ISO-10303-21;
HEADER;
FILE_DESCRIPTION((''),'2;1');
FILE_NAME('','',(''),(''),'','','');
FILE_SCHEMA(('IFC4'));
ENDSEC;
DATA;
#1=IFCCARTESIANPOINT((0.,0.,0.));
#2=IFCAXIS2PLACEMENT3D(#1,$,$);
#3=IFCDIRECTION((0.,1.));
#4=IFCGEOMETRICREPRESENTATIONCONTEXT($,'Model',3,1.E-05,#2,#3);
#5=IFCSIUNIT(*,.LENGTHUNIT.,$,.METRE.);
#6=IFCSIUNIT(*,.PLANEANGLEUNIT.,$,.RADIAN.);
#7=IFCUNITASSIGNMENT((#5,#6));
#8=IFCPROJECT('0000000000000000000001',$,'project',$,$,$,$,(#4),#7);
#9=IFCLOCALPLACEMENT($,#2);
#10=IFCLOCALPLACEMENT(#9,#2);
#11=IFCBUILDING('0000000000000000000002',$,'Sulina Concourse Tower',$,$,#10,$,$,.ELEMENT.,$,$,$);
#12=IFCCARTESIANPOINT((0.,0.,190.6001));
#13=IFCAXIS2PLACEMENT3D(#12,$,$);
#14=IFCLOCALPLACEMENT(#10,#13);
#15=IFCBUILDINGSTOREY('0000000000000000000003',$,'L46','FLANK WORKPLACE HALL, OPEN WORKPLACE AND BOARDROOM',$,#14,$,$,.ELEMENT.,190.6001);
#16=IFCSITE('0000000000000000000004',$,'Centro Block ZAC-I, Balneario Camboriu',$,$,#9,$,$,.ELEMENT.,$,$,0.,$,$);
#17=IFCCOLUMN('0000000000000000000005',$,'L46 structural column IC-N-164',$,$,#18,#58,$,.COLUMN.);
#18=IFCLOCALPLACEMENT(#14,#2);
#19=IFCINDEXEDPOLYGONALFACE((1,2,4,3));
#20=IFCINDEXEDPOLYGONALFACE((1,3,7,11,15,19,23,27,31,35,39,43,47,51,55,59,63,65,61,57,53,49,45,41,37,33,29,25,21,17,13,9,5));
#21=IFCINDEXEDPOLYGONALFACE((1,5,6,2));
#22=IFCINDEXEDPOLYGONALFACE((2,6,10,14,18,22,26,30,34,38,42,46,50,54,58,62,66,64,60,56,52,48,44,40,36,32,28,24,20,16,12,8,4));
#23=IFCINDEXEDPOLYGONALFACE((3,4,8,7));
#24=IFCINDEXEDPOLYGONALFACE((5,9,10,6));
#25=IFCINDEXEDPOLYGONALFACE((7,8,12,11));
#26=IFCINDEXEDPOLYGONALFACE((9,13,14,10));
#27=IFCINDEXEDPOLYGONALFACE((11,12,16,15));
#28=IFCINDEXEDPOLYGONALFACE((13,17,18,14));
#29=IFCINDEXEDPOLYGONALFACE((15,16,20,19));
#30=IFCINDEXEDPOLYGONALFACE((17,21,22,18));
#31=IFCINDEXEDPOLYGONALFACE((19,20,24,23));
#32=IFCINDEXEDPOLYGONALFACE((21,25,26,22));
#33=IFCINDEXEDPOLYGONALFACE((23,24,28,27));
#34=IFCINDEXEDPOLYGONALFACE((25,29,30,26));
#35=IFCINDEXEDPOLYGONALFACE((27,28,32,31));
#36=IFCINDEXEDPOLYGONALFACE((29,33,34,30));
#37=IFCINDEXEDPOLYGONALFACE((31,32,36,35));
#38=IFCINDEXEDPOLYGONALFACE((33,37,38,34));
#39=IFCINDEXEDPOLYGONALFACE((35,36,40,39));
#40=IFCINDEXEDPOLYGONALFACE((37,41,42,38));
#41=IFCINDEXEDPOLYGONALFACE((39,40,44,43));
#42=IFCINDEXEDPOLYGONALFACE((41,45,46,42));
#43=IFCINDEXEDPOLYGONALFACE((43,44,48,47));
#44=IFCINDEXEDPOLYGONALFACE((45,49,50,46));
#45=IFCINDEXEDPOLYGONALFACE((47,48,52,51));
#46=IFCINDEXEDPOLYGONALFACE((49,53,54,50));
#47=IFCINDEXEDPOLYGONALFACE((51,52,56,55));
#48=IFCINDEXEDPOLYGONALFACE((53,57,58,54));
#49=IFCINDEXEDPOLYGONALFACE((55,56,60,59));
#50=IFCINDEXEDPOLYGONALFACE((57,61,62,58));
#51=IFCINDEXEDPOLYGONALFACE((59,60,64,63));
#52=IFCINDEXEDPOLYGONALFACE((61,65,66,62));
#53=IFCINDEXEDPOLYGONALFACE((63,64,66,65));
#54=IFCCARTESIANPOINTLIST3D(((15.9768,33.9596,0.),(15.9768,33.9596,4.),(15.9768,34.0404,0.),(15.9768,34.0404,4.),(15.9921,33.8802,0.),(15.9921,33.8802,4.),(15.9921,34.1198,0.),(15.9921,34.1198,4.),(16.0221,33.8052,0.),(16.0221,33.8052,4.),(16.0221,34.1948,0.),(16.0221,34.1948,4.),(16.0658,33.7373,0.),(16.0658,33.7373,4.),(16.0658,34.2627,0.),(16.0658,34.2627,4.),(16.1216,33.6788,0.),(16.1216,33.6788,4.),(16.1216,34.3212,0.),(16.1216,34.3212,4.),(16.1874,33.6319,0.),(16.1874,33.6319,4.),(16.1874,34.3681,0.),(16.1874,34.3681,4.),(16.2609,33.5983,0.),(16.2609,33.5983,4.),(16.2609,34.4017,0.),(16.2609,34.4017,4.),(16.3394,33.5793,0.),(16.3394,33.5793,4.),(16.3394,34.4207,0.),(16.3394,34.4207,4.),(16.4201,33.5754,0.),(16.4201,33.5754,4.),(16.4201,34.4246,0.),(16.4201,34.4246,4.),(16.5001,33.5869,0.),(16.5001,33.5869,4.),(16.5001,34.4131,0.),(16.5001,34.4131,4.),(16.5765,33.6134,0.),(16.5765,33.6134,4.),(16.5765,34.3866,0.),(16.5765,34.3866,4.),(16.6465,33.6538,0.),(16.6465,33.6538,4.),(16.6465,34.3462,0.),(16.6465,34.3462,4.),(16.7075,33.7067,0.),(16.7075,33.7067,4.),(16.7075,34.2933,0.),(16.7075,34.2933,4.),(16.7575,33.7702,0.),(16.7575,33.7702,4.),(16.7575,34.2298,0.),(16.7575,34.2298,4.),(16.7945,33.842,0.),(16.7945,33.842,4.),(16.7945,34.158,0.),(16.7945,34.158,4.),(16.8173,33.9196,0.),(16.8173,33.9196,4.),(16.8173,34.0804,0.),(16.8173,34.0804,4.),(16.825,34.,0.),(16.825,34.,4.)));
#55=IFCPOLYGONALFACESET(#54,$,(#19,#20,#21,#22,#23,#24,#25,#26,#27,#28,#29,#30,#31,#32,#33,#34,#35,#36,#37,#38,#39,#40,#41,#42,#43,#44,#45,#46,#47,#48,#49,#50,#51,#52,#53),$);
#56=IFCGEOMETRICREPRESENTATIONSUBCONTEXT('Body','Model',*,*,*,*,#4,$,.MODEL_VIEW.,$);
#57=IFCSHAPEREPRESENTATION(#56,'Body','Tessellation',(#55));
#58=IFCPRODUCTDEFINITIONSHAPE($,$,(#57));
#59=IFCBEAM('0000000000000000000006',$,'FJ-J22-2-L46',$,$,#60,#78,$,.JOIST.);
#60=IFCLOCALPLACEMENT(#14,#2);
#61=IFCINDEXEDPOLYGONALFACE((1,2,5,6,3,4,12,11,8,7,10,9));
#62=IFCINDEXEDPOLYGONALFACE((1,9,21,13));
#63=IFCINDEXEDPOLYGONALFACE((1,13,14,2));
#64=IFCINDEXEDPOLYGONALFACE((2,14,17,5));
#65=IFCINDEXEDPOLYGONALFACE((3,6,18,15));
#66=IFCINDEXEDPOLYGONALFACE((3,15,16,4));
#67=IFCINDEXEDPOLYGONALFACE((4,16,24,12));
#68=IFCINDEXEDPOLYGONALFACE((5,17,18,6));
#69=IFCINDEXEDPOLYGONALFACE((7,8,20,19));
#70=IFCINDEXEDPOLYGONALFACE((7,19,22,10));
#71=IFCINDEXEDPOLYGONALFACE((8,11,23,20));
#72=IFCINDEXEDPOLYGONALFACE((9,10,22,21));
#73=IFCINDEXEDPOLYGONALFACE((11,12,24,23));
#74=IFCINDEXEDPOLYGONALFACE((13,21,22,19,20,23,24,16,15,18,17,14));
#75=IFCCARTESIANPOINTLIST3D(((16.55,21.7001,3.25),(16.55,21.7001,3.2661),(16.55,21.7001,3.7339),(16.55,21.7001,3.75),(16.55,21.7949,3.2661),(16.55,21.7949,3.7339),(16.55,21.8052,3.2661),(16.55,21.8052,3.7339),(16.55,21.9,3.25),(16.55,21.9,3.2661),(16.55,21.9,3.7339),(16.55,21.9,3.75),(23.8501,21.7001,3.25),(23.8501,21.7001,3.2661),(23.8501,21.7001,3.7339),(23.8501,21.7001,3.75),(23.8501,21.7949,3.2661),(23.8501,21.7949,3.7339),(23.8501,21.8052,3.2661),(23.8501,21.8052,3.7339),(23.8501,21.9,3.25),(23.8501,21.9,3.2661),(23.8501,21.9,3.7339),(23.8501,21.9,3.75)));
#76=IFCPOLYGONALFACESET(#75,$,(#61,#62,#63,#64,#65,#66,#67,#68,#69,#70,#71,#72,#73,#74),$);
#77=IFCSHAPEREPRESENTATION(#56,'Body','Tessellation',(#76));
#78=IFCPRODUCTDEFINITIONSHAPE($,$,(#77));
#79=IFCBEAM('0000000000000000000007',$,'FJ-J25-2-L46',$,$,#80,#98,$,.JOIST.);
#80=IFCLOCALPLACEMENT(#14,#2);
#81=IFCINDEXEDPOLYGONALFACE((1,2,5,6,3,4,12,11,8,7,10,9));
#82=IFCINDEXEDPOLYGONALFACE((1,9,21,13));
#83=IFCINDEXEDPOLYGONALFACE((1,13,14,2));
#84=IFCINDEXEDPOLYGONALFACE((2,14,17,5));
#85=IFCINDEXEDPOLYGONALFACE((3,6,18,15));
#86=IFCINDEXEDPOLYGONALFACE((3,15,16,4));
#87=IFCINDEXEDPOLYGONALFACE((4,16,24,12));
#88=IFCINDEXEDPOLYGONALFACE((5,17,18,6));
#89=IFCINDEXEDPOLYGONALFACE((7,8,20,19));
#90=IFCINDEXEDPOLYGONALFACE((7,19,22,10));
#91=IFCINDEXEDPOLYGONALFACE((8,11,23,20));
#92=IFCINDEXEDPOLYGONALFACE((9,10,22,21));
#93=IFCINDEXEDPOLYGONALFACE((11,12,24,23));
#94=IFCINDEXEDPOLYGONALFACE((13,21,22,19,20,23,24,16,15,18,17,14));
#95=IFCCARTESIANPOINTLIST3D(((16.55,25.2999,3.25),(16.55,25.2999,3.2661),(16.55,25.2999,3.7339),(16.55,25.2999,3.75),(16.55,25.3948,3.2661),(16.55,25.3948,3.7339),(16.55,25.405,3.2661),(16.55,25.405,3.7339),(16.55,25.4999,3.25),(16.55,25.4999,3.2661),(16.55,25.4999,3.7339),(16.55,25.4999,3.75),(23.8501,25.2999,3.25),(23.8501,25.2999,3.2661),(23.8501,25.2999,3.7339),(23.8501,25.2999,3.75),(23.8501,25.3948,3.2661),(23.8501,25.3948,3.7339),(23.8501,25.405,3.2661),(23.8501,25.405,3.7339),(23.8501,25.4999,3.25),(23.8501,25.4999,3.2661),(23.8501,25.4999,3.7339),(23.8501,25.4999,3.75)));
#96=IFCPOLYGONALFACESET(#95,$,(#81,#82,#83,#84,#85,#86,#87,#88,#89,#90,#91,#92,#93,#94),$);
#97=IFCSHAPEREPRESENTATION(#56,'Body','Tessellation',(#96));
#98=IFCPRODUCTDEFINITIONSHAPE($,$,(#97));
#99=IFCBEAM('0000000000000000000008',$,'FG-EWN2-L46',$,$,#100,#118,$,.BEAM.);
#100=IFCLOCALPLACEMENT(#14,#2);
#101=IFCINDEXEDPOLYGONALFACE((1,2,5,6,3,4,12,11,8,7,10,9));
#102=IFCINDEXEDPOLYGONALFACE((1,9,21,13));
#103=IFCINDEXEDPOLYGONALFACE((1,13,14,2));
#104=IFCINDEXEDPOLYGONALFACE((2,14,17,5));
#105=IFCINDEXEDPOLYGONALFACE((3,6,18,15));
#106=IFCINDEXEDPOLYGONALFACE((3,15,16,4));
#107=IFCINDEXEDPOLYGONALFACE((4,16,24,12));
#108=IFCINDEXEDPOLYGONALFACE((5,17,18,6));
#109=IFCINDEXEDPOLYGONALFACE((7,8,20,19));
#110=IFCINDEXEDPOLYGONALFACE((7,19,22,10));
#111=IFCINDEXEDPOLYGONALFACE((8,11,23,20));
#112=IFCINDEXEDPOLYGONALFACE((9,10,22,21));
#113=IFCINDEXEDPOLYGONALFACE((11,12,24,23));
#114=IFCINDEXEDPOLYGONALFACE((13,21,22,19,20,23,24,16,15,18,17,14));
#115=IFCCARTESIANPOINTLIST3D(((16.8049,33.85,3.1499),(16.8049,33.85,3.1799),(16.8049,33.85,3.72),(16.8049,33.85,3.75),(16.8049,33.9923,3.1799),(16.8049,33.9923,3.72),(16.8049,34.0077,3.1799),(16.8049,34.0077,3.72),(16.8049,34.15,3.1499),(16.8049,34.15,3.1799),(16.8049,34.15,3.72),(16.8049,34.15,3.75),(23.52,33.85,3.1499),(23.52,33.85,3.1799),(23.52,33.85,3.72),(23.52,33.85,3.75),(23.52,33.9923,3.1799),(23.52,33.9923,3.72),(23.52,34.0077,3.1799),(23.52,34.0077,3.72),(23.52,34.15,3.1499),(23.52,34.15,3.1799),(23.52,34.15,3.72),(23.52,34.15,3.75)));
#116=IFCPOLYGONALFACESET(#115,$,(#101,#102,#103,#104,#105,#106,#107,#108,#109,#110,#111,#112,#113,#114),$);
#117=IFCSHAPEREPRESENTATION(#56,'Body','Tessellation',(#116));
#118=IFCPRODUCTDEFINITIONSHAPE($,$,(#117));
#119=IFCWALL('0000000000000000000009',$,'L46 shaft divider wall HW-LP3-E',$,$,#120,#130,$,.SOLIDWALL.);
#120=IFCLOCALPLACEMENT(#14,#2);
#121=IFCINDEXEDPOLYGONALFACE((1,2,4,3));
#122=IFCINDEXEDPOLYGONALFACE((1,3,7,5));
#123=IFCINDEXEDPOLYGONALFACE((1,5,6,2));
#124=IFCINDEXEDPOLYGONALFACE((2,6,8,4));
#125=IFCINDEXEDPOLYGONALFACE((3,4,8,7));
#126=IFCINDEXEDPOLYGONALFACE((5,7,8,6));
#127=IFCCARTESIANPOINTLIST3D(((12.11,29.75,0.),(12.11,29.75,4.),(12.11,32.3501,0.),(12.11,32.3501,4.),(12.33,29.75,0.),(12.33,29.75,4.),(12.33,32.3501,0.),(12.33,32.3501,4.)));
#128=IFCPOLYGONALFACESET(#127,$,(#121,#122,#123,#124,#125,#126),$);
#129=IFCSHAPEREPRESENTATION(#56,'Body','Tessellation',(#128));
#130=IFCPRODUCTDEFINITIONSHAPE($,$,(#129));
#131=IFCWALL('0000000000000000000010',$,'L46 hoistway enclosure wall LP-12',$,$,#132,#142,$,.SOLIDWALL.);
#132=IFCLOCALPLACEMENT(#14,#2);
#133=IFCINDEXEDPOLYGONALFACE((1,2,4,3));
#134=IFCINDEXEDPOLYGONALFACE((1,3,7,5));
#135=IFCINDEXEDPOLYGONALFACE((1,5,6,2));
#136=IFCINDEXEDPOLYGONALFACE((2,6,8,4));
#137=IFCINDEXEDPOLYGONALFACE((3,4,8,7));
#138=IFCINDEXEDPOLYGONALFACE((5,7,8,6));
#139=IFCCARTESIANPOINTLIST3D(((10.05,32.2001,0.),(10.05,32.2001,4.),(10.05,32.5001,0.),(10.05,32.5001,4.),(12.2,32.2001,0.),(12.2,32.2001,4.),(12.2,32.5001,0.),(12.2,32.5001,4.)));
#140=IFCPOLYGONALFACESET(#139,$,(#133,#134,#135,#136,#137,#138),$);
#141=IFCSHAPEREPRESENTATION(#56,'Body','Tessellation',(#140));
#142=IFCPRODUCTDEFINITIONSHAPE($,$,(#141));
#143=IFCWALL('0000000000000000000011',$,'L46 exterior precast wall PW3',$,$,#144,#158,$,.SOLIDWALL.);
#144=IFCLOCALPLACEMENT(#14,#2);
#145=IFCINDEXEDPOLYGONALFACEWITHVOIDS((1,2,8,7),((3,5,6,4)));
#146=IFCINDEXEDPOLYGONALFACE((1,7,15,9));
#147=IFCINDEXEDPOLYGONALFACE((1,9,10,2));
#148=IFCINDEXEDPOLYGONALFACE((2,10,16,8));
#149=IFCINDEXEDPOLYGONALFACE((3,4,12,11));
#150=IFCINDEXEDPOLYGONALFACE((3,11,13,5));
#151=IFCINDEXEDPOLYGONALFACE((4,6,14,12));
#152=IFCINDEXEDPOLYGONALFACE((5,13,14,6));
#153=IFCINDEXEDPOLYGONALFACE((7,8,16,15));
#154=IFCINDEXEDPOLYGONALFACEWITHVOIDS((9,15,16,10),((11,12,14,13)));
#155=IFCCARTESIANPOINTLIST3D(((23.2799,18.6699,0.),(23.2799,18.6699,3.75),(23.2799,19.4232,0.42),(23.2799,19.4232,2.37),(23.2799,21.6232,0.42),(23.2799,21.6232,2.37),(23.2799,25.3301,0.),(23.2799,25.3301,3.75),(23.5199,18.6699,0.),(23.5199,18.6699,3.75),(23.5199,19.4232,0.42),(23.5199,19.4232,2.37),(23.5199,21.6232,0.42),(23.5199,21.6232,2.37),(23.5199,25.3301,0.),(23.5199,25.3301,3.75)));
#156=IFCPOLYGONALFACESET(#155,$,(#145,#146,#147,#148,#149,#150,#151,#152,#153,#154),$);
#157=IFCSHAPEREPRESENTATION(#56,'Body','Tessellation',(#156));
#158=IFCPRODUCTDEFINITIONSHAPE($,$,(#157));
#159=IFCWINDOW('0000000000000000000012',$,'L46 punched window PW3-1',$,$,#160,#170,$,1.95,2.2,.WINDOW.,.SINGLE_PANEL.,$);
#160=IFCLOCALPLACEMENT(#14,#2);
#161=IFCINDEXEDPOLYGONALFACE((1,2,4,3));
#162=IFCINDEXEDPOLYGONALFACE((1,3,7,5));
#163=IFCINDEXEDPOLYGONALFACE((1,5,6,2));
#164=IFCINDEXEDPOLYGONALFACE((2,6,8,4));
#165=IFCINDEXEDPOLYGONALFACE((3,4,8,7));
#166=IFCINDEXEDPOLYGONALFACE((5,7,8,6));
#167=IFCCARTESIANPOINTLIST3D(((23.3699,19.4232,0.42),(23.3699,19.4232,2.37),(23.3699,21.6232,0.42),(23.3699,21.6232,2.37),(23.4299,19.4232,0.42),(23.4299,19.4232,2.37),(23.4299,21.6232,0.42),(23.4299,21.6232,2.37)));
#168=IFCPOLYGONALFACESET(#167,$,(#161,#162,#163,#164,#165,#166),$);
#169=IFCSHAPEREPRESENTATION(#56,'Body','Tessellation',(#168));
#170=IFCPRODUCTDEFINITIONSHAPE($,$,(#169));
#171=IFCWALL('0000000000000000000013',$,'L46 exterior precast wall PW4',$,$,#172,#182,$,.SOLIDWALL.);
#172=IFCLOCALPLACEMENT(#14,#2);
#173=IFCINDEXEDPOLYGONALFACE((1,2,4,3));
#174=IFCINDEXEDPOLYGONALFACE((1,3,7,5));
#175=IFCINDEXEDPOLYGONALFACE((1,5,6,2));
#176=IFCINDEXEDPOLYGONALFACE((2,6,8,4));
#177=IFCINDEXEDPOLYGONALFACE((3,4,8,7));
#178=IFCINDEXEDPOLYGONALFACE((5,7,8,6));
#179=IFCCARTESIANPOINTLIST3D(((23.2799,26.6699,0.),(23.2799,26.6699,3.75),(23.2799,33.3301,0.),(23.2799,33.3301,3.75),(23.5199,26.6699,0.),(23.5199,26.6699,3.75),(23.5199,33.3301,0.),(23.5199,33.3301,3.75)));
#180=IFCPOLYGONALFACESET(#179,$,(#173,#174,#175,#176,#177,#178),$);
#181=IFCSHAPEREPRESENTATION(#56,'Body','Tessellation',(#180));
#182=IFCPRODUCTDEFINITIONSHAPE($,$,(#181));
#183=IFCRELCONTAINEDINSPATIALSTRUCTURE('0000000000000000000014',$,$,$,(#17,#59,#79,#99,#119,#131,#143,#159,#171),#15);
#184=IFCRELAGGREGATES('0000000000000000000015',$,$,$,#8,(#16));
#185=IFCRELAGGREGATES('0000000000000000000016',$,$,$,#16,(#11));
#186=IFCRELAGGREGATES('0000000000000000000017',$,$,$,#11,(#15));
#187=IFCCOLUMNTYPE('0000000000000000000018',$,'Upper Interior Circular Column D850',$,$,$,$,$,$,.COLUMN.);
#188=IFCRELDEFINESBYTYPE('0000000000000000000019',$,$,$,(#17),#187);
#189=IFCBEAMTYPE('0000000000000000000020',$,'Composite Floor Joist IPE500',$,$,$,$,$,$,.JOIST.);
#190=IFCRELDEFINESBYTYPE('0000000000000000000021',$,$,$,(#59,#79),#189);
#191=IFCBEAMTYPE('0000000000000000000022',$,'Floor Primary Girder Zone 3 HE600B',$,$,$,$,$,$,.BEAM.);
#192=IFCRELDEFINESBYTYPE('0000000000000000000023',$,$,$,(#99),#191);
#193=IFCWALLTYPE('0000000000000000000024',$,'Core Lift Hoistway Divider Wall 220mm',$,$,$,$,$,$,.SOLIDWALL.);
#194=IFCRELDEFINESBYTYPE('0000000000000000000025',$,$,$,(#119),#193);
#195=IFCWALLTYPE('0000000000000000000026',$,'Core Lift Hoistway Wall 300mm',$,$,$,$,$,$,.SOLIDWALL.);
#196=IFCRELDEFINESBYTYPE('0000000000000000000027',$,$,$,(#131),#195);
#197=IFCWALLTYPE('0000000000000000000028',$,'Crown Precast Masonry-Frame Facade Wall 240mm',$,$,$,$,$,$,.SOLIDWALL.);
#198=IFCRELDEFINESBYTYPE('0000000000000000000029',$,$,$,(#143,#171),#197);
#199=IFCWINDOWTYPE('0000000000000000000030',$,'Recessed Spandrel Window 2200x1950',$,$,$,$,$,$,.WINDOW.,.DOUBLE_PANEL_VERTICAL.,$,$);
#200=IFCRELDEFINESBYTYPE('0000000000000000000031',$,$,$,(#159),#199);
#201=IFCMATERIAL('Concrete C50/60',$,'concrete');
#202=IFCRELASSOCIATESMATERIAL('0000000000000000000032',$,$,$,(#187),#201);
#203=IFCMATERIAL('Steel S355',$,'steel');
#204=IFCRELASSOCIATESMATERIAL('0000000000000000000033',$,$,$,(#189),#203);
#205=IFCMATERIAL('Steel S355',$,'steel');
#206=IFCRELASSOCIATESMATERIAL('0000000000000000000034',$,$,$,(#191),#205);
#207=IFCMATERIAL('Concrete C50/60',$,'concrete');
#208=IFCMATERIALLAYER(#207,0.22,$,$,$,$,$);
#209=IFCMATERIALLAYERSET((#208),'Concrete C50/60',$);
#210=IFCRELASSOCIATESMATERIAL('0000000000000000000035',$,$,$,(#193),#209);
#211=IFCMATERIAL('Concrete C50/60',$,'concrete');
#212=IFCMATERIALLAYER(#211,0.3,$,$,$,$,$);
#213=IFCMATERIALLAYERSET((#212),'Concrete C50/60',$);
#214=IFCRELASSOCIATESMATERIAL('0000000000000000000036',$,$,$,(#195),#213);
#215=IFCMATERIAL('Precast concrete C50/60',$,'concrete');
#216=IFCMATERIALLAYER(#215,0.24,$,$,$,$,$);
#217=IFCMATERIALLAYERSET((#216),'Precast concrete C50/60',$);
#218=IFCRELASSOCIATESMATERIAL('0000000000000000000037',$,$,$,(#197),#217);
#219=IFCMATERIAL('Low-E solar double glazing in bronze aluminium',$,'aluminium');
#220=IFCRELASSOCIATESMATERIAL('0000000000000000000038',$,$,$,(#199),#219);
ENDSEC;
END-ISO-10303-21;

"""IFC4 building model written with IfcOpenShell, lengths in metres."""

from ifc_helpers import new_model, si_unit, direction, frame, frame_2d, origin, origin_2d, place, context, subcontext, project, spatial, rectangle, circle, i_section, extrude, material, layer, layer_set, material_profile, profile_set, type_object, element, fill, save


model = new_model("IFC4")

# Units and contexts
model_context = context("Model", 3, precision=1e-05, world=origin(), true_north=direction((0.0, 1.0)))
body_context = subcontext(model_context, "Body", "Model", "MODEL_VIEW")
ifc_project = project(units=[si_unit("LENGTHUNIT", "METRE"), si_unit("PLANEANGLEUNIT", "RADIAN")], contexts=[model_context])

# Site, building, storey
site_placement = place(None, origin())
site = spatial("IfcSite", under=ifc_project, at=site_placement, Name="Centro Block ZAC-I, Balneario Camboriu", CompositionType="ELEMENT", RefElevation=0.0)
building_placement = place(site_placement, origin())
building = spatial("IfcBuilding", under=site, at=building_placement, Name="Sulina Concourse Tower", CompositionType="ELEMENT")
storey_placement = place(building_placement, frame((0.0, 0.0, 190.6001)))
storey = spatial("IfcBuildingStorey", under=building, at=storey_placement, Name="L46", Description="FLANK WORKPLACE HALL, OPEN WORKPLACE AND BOARDROOM", CompositionType="ELEMENT", Elevation=190.6001)

# Column
ifc_material_1 = material(Name="Concrete C50/60", Category="concrete")
ifc_material_profile_1 = material_profile(ifc_material_1, circle(Radius=0.425, at=origin_2d()), Name="RC D850")
ifc_profile_set_1 = profile_set([ifc_material_profile_1], Name="Concrete C50/60")
column_type = type_object("IfcColumnType", Name="Upper Interior Circular Column D850", PredefinedType="COLUMN", material=ifc_profile_set_1)
column_placement = place(storey_placement, frame((16.3999, 34.0, 0.0), z_axis=(0.0, 0.0, 1.0), x_axis=(1.0, 0.0, 0.0)))
element("IfcColumn", 1, at=column_placement, inside=storey, type_object=column_type, Name="L46 structural column IC-N-164", PredefinedType="COLUMN", context=body_context, shape_type="SweptSolid", body=[
    extrude(circle(Radius=0.425, at=origin_2d()), origin(), (0.0, 0.0, 1.0), 4.0),
])

# Beams
ifc_material_2 = material(Name="Steel S355", Category="steel")
ifc_material_profile_2 = material_profile(ifc_material_2, i_section(OverallWidth=0.2, OverallDepth=0.5, WebThickness=0.0103, FlangeThickness=0.0161, at=origin_2d()), Name="IPE 500")
ifc_profile_set_2 = profile_set([ifc_material_profile_2], Name="Steel S355")
beam_type_1 = type_object("IfcBeamType", Name="Composite Floor Joist IPE500", PredefinedType="JOIST", material=ifc_profile_set_2)
for number, where, z_axis, x_axis, name in (
    (2, (16.55, 21.8, 3.5), (1.0, 0.0, 0.0), (0.0, 1.0, 0.0), "FJ-J22-2-L46"),
    (3, (16.55, 25.3999, 3.5), (1.0, 0.0, 0.0), (0.0, 1.0, 0.0), "FJ-J25-2-L46"),
):
    element("IfcBeam", number, at=place(storey_placement, frame(where, z_axis=z_axis, x_axis=x_axis)), inside=storey, type_object=beam_type_1, Name=name, PredefinedType="JOIST", context=body_context, shape_type="SweptSolid", body=[
        extrude(i_section(OverallWidth=0.2, OverallDepth=0.5, WebThickness=0.0103, FlangeThickness=0.0161, at=origin_2d()), origin(), (0.0, 0.0, 1.0), 7.3),
    ])
ifc_material_3 = material(Name="Steel S355", Category="steel")
ifc_material_profile_3 = material_profile(ifc_material_3, i_section(OverallWidth=0.3, OverallDepth=0.6001, WebThickness=0.0154, FlangeThickness=0.03, at=origin_2d()), Name="HE 600 B")
ifc_profile_set_3 = profile_set([ifc_material_profile_3], Name="Steel S355")
beam_type_2 = type_object("IfcBeamType", Name="Floor Primary Girder Zone 3 HE600B", PredefinedType="BEAM", material=ifc_profile_set_3)
beam_placement = place(storey_placement, frame((16.8049, 34.0, 3.45), z_axis=(1.0, 0.0, 0.0), x_axis=(0.0, 1.0, 0.0)))
element("IfcBeam", 4, at=beam_placement, inside=storey, type_object=beam_type_2, Name="FG-EWN2-L46", PredefinedType="BEAM", context=body_context, shape_type="SweptSolid", body=[
    extrude(i_section(OverallWidth=0.3, OverallDepth=0.6001, WebThickness=0.0154, FlangeThickness=0.03, at=origin_2d()), origin(), (0.0, 0.0, 1.0), 6.7151),
])

# Walls
ifc_material_4 = material(Name="Concrete C50/60", Category="concrete")
ifc_layer_1 = layer(ifc_material_4, 0.22)
ifc_layer_set_1 = layer_set([ifc_layer_1], Name="Concrete C50/60")
wall_type_1 = type_object("IfcWallType", Name="Core Lift Hoistway Divider Wall 220mm", PredefinedType="SOLIDWALL", material=ifc_layer_set_1)
wall_1_placement = place(storey_placement, frame((12.22, 29.75, 0.0), z_axis=(0.0, 0.0, 1.0), x_axis=(0.0, 1.0, 0.0)))
element("IfcWall", 5, at=wall_1_placement, inside=storey, type_object=wall_type_1, Name="L46 shaft divider wall HW-LP3-E", PredefinedType="SOLIDWALL", context=body_context, shape_type="SweptSolid", body=[
    extrude(rectangle(XDim=2.6001, YDim=0.22, at=frame_2d((1.3, 0.0))), origin(), (0.0, 0.0, 1.0), 4.0),
])
ifc_material_5 = material(Name="Concrete C50/60", Category="concrete")
ifc_layer_2 = layer(ifc_material_5, 0.3)
ifc_layer_set_2 = layer_set([ifc_layer_2], Name="Concrete C50/60")
wall_type_2 = type_object("IfcWallType", Name="Core Lift Hoistway Wall 300mm", PredefinedType="SOLIDWALL", material=ifc_layer_set_2)
wall_2_placement = place(storey_placement, frame((10.05, 32.3501, 0.0), z_axis=(0.0, 0.0, 1.0), x_axis=(1.0, 0.0, 0.0)))
element("IfcWall", 6, at=wall_2_placement, inside=storey, type_object=wall_type_2, Name="L46 hoistway enclosure wall LP-12", PredefinedType="SOLIDWALL", context=body_context, shape_type="SweptSolid", body=[
    extrude(rectangle(XDim=2.1499, YDim=0.3, at=frame_2d((1.075, 0.0))), origin(), (0.0, 0.0, 1.0), 4.0),
])

# Wall, opening, window
ifc_material_6 = material(Name="Precast concrete C50/60", Category="concrete")
ifc_layer_3 = layer(ifc_material_6, 0.24)
ifc_layer_set_3 = layer_set([ifc_layer_3], Name="Precast concrete C50/60")
wall_type_3 = type_object("IfcWallType", Name="Crown Precast Masonry-Frame Facade Wall 240mm", PredefinedType="SOLIDWALL", material=ifc_layer_set_3)
wall_3_placement = place(storey_placement, frame((23.3999, 25.3301, 0.0), z_axis=(0.0, 0.0, 1.0), x_axis=(0.0, -1.0, 0.0)))
wall_3 = element("IfcWall", 7, at=wall_3_placement, inside=storey, type_object=wall_type_3, Name="L46 exterior precast wall PW3", PredefinedType="SOLIDWALL", context=body_context, shape_type="SweptSolid", body=[
    extrude(rectangle(XDim=6.6602, YDim=0.24, at=frame_2d((3.3301, 0.0))), origin(), (0.0, 0.0, 1.0), 3.75),
])
opening_1_placement = place(wall_3_placement, frame((3.7068, 0.0, 0.4199)))
opening_1 = element("IfcOpeningElement", 8, at=opening_1_placement, cuts=wall_3, PredefinedType="OPENING", context=body_context, shape_type="SweptSolid", body=[
    extrude(rectangle(XDim=2.2, YDim=1.95, at=frame_2d((1.1001, 0.9751))), frame((0.0, 0.1299, 0.0), z_axis=(0.0, -1.0, 0.0), x_axis=(1.0, 0.0, 0.0)), (0.0, 0.0, 1.0), 0.26),
])
ifc_material_7 = material(Name="Low-E solar double glazing in bronze aluminium", Category="aluminium")
window_type = type_object("IfcWindowType", Name="Recessed Spandrel Window 2200x1950", PartitioningType="DOUBLE_PANEL_VERTICAL", PredefinedType="WINDOW", material=ifc_material_7)
window_placement = place(opening_1_placement, origin())
window = element("IfcWindow", 9, at=window_placement, inside=storey, type_object=window_type, Name="L46 punched window PW3-1", OverallHeight=1.95, OverallWidth=2.2, PartitioningType="SINGLE_PANEL", PredefinedType="WINDOW", context=body_context, shape_type="SweptSolid", body=[
    extrude(rectangle(XDim=2.2, YDim=1.95, at=frame_2d((1.1001, 0.9751))), frame((0.0, 0.03, 0.0), z_axis=(0.0, -1.0, 0.0), x_axis=(1.0, 0.0, 0.0)), (0.0, 0.0, 1.0), 0.0601),
])
fill(opening_1, window)

# Wall
wall_4_placement = place(storey_placement, frame((23.3999, 33.3301, 0.0), z_axis=(0.0, 0.0, 1.0), x_axis=(0.0, -1.0, 0.0)))
element("IfcWall", 10, at=wall_4_placement, inside=storey, type_object=wall_type_3, Name="L46 exterior precast wall PW4", PredefinedType="SOLIDWALL", context=body_context, shape_type="SweptSolid", body=[
    extrude(rectangle(XDim=6.6602, YDim=0.24, at=frame_2d((3.3301, 0.0))), origin(), (0.0, 0.0, 1.0), 3.75),
])

save(model, "model.ifc")
